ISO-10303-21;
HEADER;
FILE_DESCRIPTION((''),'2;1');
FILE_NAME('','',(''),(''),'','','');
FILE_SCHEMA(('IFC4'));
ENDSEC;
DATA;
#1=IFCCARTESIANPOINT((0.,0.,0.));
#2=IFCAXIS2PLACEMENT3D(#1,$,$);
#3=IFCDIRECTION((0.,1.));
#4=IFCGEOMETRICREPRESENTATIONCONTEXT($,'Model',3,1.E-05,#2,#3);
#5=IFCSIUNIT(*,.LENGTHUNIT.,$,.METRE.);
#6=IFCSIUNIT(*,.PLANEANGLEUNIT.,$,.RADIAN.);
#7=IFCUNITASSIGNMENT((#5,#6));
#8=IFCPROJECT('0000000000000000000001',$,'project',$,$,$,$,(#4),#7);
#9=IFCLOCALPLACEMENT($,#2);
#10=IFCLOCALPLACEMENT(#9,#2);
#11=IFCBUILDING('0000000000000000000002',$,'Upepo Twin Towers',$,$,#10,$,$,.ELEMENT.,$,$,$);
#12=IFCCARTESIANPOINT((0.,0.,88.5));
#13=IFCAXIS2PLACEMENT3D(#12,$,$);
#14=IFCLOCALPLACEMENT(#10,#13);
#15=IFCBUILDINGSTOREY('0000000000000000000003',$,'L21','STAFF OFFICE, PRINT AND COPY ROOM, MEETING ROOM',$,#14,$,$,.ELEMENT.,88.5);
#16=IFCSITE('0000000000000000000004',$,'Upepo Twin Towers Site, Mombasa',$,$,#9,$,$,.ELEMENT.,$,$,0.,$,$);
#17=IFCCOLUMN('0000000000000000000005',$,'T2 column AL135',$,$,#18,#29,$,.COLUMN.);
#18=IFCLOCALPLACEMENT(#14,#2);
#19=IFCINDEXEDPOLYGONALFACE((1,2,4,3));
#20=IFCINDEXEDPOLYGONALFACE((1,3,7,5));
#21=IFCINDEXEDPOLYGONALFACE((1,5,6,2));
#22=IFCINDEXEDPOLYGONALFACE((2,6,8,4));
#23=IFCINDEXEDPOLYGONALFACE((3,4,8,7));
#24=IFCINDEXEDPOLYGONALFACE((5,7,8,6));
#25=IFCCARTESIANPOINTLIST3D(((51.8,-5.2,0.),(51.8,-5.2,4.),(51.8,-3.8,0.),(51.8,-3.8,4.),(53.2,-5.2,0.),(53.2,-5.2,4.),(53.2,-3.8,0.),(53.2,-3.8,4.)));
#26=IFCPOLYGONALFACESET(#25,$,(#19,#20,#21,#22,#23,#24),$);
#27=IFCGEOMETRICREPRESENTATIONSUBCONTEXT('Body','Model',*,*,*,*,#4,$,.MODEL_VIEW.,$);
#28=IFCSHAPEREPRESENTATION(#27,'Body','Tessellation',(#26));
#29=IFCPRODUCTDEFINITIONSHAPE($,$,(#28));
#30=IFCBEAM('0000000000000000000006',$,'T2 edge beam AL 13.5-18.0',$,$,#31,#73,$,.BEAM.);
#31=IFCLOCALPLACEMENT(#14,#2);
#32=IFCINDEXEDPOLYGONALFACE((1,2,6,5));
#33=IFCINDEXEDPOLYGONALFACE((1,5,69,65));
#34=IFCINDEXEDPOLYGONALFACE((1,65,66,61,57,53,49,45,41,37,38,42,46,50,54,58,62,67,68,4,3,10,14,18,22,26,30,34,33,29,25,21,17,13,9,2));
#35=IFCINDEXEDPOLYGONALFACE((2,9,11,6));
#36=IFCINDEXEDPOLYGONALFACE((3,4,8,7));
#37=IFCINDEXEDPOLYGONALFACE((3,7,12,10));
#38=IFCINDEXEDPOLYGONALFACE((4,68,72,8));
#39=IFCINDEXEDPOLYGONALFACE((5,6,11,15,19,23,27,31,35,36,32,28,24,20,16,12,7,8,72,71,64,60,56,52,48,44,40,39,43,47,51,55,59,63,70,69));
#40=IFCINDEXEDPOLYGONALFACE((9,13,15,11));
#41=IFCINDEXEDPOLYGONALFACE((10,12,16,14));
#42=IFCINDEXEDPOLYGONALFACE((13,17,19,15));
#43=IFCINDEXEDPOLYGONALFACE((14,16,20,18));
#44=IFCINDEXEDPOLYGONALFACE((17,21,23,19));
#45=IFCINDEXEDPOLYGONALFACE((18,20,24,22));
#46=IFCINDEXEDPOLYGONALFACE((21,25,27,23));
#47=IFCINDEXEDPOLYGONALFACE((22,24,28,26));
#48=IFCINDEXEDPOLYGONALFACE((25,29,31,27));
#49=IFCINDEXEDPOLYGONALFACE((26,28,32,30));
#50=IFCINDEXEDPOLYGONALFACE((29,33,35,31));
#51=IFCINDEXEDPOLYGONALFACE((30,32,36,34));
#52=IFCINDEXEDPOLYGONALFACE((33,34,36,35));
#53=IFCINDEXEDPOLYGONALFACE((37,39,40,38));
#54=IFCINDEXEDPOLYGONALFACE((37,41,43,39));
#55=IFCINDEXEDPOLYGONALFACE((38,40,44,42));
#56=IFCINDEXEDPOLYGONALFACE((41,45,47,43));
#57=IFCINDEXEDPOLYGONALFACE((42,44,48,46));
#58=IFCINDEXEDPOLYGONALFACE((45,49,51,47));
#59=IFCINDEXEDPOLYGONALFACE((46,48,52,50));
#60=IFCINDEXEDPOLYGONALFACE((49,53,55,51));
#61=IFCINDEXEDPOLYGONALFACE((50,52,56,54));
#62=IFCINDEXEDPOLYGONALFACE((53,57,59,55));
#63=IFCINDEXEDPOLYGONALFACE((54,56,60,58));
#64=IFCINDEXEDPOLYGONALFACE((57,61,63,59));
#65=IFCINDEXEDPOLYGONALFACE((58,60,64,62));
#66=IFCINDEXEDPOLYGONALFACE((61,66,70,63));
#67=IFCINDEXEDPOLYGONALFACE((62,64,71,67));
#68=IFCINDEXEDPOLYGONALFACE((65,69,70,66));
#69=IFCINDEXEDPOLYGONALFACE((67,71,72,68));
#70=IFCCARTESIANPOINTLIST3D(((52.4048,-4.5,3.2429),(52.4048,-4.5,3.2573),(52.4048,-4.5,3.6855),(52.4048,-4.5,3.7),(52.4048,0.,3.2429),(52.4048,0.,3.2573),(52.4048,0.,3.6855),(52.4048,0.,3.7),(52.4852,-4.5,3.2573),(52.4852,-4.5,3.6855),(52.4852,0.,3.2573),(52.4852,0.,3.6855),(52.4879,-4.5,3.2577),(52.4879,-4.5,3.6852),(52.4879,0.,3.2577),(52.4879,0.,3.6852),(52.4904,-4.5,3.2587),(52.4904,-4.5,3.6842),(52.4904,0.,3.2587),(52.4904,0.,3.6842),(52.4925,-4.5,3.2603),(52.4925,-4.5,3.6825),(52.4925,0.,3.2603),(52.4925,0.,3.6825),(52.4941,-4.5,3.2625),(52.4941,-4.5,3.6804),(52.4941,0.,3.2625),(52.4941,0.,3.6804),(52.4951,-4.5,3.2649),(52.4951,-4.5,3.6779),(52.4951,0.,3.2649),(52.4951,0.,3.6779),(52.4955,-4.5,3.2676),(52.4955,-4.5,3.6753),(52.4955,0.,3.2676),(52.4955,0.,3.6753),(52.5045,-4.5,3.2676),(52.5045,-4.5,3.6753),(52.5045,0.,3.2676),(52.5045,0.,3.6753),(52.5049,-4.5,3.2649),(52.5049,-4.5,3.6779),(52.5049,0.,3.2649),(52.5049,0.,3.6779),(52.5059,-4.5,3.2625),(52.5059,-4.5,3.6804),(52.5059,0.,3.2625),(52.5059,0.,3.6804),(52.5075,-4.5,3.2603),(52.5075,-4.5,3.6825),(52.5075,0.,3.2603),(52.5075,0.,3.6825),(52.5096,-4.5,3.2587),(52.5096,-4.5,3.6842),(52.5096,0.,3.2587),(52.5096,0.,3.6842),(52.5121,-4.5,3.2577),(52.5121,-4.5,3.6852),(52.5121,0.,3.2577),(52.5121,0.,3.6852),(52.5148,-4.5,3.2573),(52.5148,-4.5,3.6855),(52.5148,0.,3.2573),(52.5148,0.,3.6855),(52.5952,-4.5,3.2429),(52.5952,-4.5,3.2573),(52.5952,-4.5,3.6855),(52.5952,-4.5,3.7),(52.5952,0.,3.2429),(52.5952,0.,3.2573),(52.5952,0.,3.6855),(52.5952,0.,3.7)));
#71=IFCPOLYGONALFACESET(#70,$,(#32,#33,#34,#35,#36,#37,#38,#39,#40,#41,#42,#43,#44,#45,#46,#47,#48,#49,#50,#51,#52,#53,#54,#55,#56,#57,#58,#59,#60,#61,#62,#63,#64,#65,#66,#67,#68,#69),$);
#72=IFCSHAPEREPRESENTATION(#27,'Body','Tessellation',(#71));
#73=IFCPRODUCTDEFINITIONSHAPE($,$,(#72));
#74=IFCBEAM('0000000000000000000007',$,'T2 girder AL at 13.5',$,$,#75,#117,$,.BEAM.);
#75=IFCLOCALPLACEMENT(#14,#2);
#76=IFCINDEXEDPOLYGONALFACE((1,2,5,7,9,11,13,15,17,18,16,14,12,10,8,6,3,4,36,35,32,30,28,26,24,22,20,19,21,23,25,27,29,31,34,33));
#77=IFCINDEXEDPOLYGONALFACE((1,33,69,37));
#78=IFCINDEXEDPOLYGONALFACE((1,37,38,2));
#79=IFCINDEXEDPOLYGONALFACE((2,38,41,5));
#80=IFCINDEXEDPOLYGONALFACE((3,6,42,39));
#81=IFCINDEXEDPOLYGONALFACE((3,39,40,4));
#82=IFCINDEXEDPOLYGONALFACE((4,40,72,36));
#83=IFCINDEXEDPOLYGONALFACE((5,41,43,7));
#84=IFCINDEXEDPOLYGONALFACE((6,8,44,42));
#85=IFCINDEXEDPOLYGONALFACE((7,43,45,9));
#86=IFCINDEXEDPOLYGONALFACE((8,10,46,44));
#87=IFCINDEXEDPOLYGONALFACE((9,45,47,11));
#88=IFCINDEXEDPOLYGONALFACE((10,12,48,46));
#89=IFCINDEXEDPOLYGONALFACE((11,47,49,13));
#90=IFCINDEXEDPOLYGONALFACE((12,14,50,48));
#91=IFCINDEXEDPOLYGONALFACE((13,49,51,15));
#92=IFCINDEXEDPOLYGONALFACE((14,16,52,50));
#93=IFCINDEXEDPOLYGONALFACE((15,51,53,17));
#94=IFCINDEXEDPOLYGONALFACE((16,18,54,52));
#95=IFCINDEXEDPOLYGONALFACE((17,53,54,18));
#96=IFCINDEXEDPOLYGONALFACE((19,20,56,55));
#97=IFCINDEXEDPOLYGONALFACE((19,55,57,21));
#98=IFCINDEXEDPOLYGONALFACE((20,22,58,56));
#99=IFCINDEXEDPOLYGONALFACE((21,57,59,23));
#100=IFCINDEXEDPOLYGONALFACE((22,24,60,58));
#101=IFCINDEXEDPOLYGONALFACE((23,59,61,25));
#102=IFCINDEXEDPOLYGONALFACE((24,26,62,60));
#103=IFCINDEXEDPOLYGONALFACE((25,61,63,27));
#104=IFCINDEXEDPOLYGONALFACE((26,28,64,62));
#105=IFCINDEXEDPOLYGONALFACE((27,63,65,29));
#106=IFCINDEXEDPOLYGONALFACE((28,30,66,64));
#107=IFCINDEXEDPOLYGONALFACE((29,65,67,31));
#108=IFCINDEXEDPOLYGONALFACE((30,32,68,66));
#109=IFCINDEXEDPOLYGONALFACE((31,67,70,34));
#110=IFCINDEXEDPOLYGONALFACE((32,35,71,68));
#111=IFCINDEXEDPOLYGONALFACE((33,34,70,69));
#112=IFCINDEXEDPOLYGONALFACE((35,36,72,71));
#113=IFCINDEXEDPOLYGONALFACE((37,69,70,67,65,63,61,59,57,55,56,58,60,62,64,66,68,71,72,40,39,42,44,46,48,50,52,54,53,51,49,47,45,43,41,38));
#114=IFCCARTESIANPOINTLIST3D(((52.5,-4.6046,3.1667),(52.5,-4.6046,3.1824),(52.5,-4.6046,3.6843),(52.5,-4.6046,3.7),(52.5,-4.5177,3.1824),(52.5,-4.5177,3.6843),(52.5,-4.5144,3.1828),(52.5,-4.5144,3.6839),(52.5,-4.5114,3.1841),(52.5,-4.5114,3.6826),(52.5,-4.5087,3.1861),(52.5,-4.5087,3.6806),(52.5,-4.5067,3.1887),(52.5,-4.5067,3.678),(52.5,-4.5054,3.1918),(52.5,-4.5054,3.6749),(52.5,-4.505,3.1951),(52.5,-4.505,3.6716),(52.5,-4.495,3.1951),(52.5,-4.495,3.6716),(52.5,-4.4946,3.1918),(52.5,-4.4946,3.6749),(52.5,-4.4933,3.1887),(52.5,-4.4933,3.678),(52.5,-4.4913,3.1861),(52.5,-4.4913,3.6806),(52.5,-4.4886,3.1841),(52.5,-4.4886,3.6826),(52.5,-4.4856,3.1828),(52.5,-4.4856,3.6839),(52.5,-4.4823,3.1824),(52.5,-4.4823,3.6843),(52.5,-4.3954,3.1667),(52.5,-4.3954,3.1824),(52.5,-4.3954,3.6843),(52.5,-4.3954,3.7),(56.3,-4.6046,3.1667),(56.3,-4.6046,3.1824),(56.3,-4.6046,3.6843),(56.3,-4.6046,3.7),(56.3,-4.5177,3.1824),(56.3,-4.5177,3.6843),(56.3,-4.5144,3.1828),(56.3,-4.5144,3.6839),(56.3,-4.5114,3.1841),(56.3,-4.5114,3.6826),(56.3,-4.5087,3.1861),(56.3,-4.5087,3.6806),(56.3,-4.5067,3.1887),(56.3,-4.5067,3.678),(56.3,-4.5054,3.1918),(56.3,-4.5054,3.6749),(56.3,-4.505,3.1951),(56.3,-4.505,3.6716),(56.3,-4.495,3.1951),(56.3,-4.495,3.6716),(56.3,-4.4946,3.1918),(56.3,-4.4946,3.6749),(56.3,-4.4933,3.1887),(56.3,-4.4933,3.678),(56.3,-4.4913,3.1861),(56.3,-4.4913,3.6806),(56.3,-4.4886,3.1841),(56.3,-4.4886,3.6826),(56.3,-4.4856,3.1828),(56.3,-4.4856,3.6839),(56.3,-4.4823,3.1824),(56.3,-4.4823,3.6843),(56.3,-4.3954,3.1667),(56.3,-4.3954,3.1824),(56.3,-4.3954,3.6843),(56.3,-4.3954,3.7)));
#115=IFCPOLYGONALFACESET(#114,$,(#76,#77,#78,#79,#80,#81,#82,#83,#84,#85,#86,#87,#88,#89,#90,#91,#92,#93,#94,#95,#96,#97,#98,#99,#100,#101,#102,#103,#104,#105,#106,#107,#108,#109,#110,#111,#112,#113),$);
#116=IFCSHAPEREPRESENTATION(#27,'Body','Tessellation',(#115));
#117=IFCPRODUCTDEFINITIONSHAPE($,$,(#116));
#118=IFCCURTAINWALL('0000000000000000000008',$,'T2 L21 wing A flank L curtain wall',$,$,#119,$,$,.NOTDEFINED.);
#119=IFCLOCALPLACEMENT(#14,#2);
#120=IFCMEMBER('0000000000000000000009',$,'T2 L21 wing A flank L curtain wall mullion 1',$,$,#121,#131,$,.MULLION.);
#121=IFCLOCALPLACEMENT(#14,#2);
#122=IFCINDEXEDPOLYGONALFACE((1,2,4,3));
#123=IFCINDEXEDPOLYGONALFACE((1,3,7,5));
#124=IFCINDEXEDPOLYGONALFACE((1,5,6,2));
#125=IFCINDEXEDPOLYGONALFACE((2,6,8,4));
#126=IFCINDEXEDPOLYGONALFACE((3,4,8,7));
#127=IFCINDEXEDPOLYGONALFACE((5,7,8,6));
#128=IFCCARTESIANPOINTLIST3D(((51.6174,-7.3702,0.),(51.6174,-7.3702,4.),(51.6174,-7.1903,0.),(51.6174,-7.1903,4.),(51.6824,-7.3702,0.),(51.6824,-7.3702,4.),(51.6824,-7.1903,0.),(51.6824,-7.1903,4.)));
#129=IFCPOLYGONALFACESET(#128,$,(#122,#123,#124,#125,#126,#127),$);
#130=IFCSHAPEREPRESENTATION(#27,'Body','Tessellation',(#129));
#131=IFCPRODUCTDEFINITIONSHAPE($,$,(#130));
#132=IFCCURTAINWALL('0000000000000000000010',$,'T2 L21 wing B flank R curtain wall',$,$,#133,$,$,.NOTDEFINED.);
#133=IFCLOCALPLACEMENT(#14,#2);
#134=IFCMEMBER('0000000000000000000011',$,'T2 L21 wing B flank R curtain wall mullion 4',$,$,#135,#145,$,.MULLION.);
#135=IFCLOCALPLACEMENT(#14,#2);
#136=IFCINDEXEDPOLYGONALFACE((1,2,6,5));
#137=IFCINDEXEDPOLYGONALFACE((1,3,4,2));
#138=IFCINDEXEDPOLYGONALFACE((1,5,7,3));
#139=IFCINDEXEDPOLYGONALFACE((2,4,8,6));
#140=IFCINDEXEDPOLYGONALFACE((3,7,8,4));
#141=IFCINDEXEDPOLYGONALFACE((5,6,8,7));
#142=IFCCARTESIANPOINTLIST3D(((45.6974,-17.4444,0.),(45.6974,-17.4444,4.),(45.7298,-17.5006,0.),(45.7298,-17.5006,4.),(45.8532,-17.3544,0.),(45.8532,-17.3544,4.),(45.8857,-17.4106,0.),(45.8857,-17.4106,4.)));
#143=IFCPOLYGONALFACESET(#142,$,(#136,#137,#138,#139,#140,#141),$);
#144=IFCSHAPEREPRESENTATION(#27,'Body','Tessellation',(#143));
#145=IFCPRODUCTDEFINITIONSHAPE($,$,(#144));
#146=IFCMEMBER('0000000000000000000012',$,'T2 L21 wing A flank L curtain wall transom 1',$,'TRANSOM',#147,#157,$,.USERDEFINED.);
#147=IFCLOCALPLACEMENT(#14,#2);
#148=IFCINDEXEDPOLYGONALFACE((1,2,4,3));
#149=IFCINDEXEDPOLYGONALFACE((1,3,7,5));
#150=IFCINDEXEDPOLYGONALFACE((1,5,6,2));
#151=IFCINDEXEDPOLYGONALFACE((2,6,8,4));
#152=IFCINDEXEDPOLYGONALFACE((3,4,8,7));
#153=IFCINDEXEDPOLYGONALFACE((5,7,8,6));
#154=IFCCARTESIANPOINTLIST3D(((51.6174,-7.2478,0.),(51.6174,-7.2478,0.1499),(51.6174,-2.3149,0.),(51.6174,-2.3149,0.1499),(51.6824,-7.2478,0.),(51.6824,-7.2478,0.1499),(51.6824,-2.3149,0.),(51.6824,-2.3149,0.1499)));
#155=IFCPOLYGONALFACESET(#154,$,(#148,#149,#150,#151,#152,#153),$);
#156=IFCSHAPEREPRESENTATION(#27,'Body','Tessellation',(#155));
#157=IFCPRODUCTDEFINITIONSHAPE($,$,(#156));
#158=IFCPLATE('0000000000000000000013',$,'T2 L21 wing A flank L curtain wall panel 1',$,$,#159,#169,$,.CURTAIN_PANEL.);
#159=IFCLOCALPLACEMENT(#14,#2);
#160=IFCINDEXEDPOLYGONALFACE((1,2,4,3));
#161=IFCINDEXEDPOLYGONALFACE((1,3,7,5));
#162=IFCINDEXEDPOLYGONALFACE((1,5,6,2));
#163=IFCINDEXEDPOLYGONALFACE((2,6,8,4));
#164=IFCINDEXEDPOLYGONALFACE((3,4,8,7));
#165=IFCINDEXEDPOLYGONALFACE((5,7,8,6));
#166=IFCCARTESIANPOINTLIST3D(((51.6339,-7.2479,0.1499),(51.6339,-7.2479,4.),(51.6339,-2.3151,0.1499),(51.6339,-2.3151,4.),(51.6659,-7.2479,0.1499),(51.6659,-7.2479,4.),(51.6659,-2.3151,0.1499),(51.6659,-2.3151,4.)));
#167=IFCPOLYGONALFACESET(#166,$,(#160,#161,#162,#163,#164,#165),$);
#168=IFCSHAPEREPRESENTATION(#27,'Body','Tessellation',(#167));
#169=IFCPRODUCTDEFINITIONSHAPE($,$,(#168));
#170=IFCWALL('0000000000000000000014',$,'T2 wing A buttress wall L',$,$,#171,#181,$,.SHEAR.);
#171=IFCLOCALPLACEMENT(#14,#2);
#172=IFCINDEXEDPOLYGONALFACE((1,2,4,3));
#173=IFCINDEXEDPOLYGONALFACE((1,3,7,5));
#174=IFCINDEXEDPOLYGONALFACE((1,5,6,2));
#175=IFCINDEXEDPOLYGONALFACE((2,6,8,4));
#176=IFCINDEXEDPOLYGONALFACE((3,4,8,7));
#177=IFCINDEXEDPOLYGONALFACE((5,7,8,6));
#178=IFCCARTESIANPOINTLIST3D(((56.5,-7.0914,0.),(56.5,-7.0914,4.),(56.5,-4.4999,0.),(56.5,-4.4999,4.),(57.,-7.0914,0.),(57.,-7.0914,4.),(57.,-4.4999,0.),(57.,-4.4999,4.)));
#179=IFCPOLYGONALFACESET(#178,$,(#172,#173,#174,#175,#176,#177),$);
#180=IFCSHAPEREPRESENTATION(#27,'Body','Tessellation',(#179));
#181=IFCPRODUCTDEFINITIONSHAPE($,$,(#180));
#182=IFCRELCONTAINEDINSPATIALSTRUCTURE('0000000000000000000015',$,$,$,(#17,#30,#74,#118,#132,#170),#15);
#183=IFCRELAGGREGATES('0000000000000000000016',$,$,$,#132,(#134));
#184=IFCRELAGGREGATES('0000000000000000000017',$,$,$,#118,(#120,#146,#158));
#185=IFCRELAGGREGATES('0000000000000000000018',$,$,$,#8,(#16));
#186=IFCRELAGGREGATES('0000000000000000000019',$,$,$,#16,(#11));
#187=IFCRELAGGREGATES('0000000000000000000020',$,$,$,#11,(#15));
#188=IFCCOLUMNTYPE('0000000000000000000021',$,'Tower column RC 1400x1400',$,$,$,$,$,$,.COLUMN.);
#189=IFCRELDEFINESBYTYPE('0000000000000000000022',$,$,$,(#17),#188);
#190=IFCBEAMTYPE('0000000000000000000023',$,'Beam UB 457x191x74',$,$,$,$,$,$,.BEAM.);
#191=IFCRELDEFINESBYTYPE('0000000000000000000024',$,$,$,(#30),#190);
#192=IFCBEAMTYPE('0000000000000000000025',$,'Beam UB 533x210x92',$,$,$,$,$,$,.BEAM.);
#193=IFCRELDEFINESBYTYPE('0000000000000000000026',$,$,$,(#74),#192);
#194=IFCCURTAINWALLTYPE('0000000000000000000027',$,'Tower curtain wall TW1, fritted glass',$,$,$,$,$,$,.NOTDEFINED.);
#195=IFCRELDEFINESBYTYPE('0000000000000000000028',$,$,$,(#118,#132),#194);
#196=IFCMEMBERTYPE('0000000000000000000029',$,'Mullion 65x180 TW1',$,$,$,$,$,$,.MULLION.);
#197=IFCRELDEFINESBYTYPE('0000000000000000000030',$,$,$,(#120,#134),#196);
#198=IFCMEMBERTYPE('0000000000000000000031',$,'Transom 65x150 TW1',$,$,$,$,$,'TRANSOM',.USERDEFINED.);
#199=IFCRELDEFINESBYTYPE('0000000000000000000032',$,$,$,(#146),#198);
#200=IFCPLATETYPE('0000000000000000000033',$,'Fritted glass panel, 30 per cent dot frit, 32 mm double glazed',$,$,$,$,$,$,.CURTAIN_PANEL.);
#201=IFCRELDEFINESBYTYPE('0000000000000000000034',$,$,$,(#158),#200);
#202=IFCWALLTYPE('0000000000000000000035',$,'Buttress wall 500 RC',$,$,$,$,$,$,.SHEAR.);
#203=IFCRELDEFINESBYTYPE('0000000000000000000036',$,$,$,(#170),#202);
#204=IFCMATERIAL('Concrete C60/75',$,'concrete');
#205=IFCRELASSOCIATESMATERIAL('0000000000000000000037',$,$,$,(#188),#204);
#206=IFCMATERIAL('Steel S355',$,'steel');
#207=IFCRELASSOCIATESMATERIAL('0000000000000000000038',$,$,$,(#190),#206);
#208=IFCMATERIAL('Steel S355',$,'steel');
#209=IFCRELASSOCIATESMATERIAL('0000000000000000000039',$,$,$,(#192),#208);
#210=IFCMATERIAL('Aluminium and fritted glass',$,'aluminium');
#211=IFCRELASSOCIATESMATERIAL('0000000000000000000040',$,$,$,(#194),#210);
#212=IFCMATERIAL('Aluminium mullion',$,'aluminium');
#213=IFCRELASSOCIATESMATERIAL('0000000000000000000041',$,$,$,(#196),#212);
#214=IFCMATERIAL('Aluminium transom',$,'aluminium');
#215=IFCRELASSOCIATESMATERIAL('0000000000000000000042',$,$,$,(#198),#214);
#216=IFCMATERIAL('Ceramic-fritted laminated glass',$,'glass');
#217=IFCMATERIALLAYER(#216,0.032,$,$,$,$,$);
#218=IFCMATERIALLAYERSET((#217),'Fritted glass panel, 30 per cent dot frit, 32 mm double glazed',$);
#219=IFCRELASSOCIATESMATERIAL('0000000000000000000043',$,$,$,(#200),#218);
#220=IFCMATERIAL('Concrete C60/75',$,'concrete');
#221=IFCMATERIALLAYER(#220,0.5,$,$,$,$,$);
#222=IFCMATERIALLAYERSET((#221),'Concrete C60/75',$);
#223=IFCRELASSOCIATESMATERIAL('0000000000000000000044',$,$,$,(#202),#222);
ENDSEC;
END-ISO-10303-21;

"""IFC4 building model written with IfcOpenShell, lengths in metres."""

from ifc_helpers import new_model, si_unit, direction, frame, frame_2d, origin, origin_2d, place, context, subcontext, project, spatial, rectangle, i_section, extrude, material, layer, layer_set, material_profile, profile_set, type_object, element, aggregate, save


model = new_model("IFC4")

# Units and contexts
model_context = context("Model", 3, precision=1e-05, world=origin(), true_north=direction((0.0, 1.0)))
body_context = subcontext(model_context, "Body", "Model", "MODEL_VIEW")
ifc_project = project(units=[si_unit("LENGTHUNIT", "METRE"), si_unit("PLANEANGLEUNIT", "RADIAN")], contexts=[model_context])

# Site, building, storey
site_placement = place(None, origin())
site = spatial("IfcSite", under=ifc_project, at=site_placement, Name="Upepo Twin Towers Site, Mombasa", CompositionType="ELEMENT", RefElevation=0.0)
building_placement = place(site_placement, origin())
building = spatial("IfcBuilding", under=site, at=building_placement, Name="Upepo Twin Towers", CompositionType="ELEMENT")
storey_placement = place(building_placement, frame((0.0, 0.0, 88.5)))
storey = spatial("IfcBuildingStorey", under=building, at=storey_placement, Name="L21", Description="STAFF OFFICE, PRINT AND COPY ROOM, MEETING ROOM", CompositionType="ELEMENT", Elevation=88.5)

# Column
ifc_material_1 = material(Name="Concrete C60/75", Category="concrete")
ifc_material_profile_1 = material_profile(ifc_material_1, rectangle(XDim=1.3999, YDim=1.3999, at=origin_2d()), Name="RC 1400x1400")
ifc_profile_set_1 = profile_set([ifc_material_profile_1], Name="Concrete C60/75")
column_type = type_object("IfcColumnType", Name="Tower column RC 1400x1400", PredefinedType="COLUMN", material=ifc_profile_set_1)
column_placement = place(storey_placement, frame((52.5, -4.5, 0.0), z_axis=(0.0, 0.0, 1.0), x_axis=(1.0, 0.0, 0.0)))
element("IfcColumn", 1, at=column_placement, inside=storey, type_object=column_type, Name="T2 column AL135", PredefinedType="COLUMN", context=body_context, shape_type="SweptSolid", body=[
    extrude(rectangle(XDim=1.3999, YDim=1.3999, at=origin_2d()), origin(), (0.0, 0.0, 1.0), 4.0),
])

# Beams
ifc_material_2 = material(Name="Steel S355", Category="steel")
ifc_material_profile_2 = material_profile(ifc_material_2, i_section(OverallWidth=0.1904, OverallDepth=0.457, WebThickness=0.009, FlangeThickness=0.0144, FilletRadius=0.0103, at=origin_2d()), Name="UB 457x191x74")
ifc_profile_set_2 = profile_set([ifc_material_profile_2], Name="Steel S355")
beam_type_1 = type_object("IfcBeamType", Name="Beam UB 457x191x74", PredefinedType="BEAM", material=ifc_profile_set_2)
beam_1_placement = place(storey_placement, frame((52.5, -4.5, 3.4714), z_axis=(0.0, 1.0, 0.0), x_axis=(-1.0, 0.0, 0.0)))
element("IfcBeam", 2, at=beam_1_placement, inside=storey, type_object=beam_type_1, Name="T2 edge beam AL 13.5-18.0", PredefinedType="BEAM", context=body_context, shape_type="SweptSolid", body=[
    extrude(i_section(OverallWidth=0.1904, OverallDepth=0.457, WebThickness=0.009, FlangeThickness=0.0144, FilletRadius=0.0103, at=origin_2d()), origin(), (0.0, 0.0, 1.0), 4.5),
])
ifc_material_3 = material(Name="Steel S355", Category="steel")
ifc_material_profile_3 = material_profile(ifc_material_3, i_section(OverallWidth=0.2092, OverallDepth=0.5332, WebThickness=0.01, FlangeThickness=0.0156, FilletRadius=0.0127, at=origin_2d()), Name="UB 533x210x92")
ifc_profile_set_3 = profile_set([ifc_material_profile_3], Name="Steel S355")
beam_type_2 = type_object("IfcBeamType", Name="Beam UB 533x210x92", PredefinedType="BEAM", material=ifc_profile_set_3)
beam_2_placement = place(storey_placement, frame((52.5, -4.5, 3.4333), z_axis=(1.0, 0.0, 0.0), x_axis=(0.0, 1.0, 0.0)))
element("IfcBeam", 3, at=beam_2_placement, inside=storey, type_object=beam_type_2, Name="T2 girder AL at 13.5", PredefinedType="BEAM", context=body_context, shape_type="SweptSolid", body=[
    extrude(i_section(OverallWidth=0.2092, OverallDepth=0.5332, WebThickness=0.01, FlangeThickness=0.0156, FilletRadius=0.0127, at=origin_2d()), origin(), (0.0, 0.0, 1.0), 3.8),
])

# Curtain walls, members
ifc_material_4 = material(Name="Aluminium and fritted glass", Category="aluminium")
curtain_wall_type = type_object("IfcCurtainWallType", Name="Tower curtain wall TW1, fritted glass", PredefinedType="NOTDEFINED", material=ifc_material_4)
curtain_wall_1_placement = place(storey_placement, origin())
curtain_wall_1 = element("IfcCurtainWall", 4, at=curtain_wall_1_placement, inside=storey, type_object=curtain_wall_type, Name="T2 L21 wing A flank L curtain wall", PredefinedType="NOTDEFINED")
ifc_material_5 = material(Name="Aluminium mullion", Category="aluminium")
ifc_material_profile_4 = material_profile(ifc_material_5, rectangle(XDim=0.0649, YDim=0.1799, at=origin_2d()), Name="MULLION 65x180")
ifc_profile_set_4 = profile_set([ifc_material_profile_4], Name="Aluminium mullion")
member_type_1 = type_object("IfcMemberType", Name="Mullion 65x180 TW1", PredefinedType="MULLION", material=ifc_profile_set_4)
member_1_placement = place(storey_placement, frame((51.6499, -7.2803, 0.0), z_axis=(0.0, 0.0, 1.0), x_axis=(-1.0, 0.0, 0.0)))
member_1 = element("IfcMember", 5, at=member_1_placement, type_object=member_type_1, Name="T2 L21 wing A flank L curtain wall mullion 1", PredefinedType="MULLION", context=body_context, shape_type="SweptSolid", body=[
    extrude(rectangle(XDim=0.0649, YDim=0.1799, at=origin_2d()), origin(), (0.0, 0.0, 1.0), 4.0),
])
curtain_wall_2_placement = place(storey_placement, origin())
curtain_wall_2 = element("IfcCurtainWall", 6, at=curtain_wall_2_placement, inside=storey, type_object=curtain_wall_type, Name="T2 L21 wing B flank R curtain wall", PredefinedType="NOTDEFINED")
member_2_placement = place(storey_placement, frame((45.7915, -17.4275, 0.0), z_axis=(0.0, 0.0, 1.0), x_axis=(-0.5, 0.866025, 0.0)))
member_2 = element("IfcMember", 7, at=member_2_placement, type_object=member_type_1, Name="T2 L21 wing B flank R curtain wall mullion 4", PredefinedType="MULLION", context=body_context, shape_type="SweptSolid", body=[
    extrude(rectangle(XDim=0.0649, YDim=0.1799, at=origin_2d()), origin(), (0.0, 0.0, 1.0), 4.0),
])
aggregate(curtain_wall_2, [member_2])

# Member
ifc_material_6 = material(Name="Aluminium transom", Category="aluminium")
ifc_material_profile_5 = material_profile(ifc_material_6, rectangle(XDim=0.0649, YDim=0.1499, at=origin_2d()), Name="TRANSOM 65x150")
ifc_profile_set_5 = profile_set([ifc_material_profile_5], Name="Aluminium transom")
member_type_2 = type_object("IfcMemberType", Name="Transom 65x150 TW1", ElementType="TRANSOM", PredefinedType="USERDEFINED", material=ifc_profile_set_5)
member_3_placement = place(storey_placement, frame((51.6499, -7.2478, 0.075), z_axis=(0.0, 1.0, 0.0), x_axis=(-1.0, 0.0, 0.0)))
member_3 = element("IfcMember", 8, at=member_3_placement, type_object=member_type_2, Name="T2 L21 wing A flank L curtain wall transom 1", ObjectType="TRANSOM", PredefinedType="USERDEFINED", context=body_context, shape_type="SweptSolid", body=[
    extrude(rectangle(XDim=0.0649, YDim=0.1499, at=origin_2d()), origin(), (0.0, 0.0, 1.0), 4.9329),
])

# Plate
ifc_material_7 = material(Name="Ceramic-fritted laminated glass", Category="glass")
ifc_layer_1 = layer(ifc_material_7, 0.032)
ifc_layer_set_1 = layer_set([ifc_layer_1], Name="Fritted glass panel, 30 per cent dot frit, 32 mm double glazed")
plate_type = type_object("IfcPlateType", Name="Fritted glass panel, 30 per cent dot frit, 32 mm double glazed", PredefinedType="CURTAIN_PANEL", material=ifc_layer_set_1)
plate_placement = place(storey_placement, frame((51.6499, -4.7815, 0.1499), z_axis=(0.0, 0.0, 1.0), x_axis=(0.0, 1.0, 0.0)))
plate = element("IfcPlate", 9, at=plate_placement, type_object=plate_type, Name="T2 L21 wing A flank L curtain wall panel 1", PredefinedType="CURTAIN_PANEL", context=body_context, shape_type="SweptSolid", body=[
    extrude(rectangle(XDim=4.9329, YDim=0.032, at=origin_2d()), origin(), (0.0, 0.0, 1.0), 3.8501),
])
aggregate(curtain_wall_1, [member_1, member_3, plate])

# Wall
ifc_material_8 = material(Name="Concrete C60/75", Category="concrete")
ifc_layer_2 = layer(ifc_material_8, 0.5)
ifc_layer_set_2 = layer_set([ifc_layer_2], Name="Concrete C60/75")
wall_type_1 = type_object("IfcWallType", Name="Buttress wall 500 RC", PredefinedType="SHEAR", material=ifc_layer_set_2)
wall_1_placement = place(storey_placement, frame((56.75, -7.0916, 0.0), z_axis=(0.0, 0.0, 1.0), x_axis=(0.0, 1.0, 0.0)))
element("IfcWall", 10, at=wall_1_placement, inside=storey, type_object=wall_type_1, Name="T2 wing A buttress wall L", PredefinedType="SHEAR", context=body_context, shape_type="SweptSolid", body=[
    extrude(rectangle(XDim=2.5916, YDim=0.5, at=frame_2d((1.2959, 0.0))), origin(), (0.0, 0.0, 1.0), 4.0),
])

save(model, "model.ifc")
